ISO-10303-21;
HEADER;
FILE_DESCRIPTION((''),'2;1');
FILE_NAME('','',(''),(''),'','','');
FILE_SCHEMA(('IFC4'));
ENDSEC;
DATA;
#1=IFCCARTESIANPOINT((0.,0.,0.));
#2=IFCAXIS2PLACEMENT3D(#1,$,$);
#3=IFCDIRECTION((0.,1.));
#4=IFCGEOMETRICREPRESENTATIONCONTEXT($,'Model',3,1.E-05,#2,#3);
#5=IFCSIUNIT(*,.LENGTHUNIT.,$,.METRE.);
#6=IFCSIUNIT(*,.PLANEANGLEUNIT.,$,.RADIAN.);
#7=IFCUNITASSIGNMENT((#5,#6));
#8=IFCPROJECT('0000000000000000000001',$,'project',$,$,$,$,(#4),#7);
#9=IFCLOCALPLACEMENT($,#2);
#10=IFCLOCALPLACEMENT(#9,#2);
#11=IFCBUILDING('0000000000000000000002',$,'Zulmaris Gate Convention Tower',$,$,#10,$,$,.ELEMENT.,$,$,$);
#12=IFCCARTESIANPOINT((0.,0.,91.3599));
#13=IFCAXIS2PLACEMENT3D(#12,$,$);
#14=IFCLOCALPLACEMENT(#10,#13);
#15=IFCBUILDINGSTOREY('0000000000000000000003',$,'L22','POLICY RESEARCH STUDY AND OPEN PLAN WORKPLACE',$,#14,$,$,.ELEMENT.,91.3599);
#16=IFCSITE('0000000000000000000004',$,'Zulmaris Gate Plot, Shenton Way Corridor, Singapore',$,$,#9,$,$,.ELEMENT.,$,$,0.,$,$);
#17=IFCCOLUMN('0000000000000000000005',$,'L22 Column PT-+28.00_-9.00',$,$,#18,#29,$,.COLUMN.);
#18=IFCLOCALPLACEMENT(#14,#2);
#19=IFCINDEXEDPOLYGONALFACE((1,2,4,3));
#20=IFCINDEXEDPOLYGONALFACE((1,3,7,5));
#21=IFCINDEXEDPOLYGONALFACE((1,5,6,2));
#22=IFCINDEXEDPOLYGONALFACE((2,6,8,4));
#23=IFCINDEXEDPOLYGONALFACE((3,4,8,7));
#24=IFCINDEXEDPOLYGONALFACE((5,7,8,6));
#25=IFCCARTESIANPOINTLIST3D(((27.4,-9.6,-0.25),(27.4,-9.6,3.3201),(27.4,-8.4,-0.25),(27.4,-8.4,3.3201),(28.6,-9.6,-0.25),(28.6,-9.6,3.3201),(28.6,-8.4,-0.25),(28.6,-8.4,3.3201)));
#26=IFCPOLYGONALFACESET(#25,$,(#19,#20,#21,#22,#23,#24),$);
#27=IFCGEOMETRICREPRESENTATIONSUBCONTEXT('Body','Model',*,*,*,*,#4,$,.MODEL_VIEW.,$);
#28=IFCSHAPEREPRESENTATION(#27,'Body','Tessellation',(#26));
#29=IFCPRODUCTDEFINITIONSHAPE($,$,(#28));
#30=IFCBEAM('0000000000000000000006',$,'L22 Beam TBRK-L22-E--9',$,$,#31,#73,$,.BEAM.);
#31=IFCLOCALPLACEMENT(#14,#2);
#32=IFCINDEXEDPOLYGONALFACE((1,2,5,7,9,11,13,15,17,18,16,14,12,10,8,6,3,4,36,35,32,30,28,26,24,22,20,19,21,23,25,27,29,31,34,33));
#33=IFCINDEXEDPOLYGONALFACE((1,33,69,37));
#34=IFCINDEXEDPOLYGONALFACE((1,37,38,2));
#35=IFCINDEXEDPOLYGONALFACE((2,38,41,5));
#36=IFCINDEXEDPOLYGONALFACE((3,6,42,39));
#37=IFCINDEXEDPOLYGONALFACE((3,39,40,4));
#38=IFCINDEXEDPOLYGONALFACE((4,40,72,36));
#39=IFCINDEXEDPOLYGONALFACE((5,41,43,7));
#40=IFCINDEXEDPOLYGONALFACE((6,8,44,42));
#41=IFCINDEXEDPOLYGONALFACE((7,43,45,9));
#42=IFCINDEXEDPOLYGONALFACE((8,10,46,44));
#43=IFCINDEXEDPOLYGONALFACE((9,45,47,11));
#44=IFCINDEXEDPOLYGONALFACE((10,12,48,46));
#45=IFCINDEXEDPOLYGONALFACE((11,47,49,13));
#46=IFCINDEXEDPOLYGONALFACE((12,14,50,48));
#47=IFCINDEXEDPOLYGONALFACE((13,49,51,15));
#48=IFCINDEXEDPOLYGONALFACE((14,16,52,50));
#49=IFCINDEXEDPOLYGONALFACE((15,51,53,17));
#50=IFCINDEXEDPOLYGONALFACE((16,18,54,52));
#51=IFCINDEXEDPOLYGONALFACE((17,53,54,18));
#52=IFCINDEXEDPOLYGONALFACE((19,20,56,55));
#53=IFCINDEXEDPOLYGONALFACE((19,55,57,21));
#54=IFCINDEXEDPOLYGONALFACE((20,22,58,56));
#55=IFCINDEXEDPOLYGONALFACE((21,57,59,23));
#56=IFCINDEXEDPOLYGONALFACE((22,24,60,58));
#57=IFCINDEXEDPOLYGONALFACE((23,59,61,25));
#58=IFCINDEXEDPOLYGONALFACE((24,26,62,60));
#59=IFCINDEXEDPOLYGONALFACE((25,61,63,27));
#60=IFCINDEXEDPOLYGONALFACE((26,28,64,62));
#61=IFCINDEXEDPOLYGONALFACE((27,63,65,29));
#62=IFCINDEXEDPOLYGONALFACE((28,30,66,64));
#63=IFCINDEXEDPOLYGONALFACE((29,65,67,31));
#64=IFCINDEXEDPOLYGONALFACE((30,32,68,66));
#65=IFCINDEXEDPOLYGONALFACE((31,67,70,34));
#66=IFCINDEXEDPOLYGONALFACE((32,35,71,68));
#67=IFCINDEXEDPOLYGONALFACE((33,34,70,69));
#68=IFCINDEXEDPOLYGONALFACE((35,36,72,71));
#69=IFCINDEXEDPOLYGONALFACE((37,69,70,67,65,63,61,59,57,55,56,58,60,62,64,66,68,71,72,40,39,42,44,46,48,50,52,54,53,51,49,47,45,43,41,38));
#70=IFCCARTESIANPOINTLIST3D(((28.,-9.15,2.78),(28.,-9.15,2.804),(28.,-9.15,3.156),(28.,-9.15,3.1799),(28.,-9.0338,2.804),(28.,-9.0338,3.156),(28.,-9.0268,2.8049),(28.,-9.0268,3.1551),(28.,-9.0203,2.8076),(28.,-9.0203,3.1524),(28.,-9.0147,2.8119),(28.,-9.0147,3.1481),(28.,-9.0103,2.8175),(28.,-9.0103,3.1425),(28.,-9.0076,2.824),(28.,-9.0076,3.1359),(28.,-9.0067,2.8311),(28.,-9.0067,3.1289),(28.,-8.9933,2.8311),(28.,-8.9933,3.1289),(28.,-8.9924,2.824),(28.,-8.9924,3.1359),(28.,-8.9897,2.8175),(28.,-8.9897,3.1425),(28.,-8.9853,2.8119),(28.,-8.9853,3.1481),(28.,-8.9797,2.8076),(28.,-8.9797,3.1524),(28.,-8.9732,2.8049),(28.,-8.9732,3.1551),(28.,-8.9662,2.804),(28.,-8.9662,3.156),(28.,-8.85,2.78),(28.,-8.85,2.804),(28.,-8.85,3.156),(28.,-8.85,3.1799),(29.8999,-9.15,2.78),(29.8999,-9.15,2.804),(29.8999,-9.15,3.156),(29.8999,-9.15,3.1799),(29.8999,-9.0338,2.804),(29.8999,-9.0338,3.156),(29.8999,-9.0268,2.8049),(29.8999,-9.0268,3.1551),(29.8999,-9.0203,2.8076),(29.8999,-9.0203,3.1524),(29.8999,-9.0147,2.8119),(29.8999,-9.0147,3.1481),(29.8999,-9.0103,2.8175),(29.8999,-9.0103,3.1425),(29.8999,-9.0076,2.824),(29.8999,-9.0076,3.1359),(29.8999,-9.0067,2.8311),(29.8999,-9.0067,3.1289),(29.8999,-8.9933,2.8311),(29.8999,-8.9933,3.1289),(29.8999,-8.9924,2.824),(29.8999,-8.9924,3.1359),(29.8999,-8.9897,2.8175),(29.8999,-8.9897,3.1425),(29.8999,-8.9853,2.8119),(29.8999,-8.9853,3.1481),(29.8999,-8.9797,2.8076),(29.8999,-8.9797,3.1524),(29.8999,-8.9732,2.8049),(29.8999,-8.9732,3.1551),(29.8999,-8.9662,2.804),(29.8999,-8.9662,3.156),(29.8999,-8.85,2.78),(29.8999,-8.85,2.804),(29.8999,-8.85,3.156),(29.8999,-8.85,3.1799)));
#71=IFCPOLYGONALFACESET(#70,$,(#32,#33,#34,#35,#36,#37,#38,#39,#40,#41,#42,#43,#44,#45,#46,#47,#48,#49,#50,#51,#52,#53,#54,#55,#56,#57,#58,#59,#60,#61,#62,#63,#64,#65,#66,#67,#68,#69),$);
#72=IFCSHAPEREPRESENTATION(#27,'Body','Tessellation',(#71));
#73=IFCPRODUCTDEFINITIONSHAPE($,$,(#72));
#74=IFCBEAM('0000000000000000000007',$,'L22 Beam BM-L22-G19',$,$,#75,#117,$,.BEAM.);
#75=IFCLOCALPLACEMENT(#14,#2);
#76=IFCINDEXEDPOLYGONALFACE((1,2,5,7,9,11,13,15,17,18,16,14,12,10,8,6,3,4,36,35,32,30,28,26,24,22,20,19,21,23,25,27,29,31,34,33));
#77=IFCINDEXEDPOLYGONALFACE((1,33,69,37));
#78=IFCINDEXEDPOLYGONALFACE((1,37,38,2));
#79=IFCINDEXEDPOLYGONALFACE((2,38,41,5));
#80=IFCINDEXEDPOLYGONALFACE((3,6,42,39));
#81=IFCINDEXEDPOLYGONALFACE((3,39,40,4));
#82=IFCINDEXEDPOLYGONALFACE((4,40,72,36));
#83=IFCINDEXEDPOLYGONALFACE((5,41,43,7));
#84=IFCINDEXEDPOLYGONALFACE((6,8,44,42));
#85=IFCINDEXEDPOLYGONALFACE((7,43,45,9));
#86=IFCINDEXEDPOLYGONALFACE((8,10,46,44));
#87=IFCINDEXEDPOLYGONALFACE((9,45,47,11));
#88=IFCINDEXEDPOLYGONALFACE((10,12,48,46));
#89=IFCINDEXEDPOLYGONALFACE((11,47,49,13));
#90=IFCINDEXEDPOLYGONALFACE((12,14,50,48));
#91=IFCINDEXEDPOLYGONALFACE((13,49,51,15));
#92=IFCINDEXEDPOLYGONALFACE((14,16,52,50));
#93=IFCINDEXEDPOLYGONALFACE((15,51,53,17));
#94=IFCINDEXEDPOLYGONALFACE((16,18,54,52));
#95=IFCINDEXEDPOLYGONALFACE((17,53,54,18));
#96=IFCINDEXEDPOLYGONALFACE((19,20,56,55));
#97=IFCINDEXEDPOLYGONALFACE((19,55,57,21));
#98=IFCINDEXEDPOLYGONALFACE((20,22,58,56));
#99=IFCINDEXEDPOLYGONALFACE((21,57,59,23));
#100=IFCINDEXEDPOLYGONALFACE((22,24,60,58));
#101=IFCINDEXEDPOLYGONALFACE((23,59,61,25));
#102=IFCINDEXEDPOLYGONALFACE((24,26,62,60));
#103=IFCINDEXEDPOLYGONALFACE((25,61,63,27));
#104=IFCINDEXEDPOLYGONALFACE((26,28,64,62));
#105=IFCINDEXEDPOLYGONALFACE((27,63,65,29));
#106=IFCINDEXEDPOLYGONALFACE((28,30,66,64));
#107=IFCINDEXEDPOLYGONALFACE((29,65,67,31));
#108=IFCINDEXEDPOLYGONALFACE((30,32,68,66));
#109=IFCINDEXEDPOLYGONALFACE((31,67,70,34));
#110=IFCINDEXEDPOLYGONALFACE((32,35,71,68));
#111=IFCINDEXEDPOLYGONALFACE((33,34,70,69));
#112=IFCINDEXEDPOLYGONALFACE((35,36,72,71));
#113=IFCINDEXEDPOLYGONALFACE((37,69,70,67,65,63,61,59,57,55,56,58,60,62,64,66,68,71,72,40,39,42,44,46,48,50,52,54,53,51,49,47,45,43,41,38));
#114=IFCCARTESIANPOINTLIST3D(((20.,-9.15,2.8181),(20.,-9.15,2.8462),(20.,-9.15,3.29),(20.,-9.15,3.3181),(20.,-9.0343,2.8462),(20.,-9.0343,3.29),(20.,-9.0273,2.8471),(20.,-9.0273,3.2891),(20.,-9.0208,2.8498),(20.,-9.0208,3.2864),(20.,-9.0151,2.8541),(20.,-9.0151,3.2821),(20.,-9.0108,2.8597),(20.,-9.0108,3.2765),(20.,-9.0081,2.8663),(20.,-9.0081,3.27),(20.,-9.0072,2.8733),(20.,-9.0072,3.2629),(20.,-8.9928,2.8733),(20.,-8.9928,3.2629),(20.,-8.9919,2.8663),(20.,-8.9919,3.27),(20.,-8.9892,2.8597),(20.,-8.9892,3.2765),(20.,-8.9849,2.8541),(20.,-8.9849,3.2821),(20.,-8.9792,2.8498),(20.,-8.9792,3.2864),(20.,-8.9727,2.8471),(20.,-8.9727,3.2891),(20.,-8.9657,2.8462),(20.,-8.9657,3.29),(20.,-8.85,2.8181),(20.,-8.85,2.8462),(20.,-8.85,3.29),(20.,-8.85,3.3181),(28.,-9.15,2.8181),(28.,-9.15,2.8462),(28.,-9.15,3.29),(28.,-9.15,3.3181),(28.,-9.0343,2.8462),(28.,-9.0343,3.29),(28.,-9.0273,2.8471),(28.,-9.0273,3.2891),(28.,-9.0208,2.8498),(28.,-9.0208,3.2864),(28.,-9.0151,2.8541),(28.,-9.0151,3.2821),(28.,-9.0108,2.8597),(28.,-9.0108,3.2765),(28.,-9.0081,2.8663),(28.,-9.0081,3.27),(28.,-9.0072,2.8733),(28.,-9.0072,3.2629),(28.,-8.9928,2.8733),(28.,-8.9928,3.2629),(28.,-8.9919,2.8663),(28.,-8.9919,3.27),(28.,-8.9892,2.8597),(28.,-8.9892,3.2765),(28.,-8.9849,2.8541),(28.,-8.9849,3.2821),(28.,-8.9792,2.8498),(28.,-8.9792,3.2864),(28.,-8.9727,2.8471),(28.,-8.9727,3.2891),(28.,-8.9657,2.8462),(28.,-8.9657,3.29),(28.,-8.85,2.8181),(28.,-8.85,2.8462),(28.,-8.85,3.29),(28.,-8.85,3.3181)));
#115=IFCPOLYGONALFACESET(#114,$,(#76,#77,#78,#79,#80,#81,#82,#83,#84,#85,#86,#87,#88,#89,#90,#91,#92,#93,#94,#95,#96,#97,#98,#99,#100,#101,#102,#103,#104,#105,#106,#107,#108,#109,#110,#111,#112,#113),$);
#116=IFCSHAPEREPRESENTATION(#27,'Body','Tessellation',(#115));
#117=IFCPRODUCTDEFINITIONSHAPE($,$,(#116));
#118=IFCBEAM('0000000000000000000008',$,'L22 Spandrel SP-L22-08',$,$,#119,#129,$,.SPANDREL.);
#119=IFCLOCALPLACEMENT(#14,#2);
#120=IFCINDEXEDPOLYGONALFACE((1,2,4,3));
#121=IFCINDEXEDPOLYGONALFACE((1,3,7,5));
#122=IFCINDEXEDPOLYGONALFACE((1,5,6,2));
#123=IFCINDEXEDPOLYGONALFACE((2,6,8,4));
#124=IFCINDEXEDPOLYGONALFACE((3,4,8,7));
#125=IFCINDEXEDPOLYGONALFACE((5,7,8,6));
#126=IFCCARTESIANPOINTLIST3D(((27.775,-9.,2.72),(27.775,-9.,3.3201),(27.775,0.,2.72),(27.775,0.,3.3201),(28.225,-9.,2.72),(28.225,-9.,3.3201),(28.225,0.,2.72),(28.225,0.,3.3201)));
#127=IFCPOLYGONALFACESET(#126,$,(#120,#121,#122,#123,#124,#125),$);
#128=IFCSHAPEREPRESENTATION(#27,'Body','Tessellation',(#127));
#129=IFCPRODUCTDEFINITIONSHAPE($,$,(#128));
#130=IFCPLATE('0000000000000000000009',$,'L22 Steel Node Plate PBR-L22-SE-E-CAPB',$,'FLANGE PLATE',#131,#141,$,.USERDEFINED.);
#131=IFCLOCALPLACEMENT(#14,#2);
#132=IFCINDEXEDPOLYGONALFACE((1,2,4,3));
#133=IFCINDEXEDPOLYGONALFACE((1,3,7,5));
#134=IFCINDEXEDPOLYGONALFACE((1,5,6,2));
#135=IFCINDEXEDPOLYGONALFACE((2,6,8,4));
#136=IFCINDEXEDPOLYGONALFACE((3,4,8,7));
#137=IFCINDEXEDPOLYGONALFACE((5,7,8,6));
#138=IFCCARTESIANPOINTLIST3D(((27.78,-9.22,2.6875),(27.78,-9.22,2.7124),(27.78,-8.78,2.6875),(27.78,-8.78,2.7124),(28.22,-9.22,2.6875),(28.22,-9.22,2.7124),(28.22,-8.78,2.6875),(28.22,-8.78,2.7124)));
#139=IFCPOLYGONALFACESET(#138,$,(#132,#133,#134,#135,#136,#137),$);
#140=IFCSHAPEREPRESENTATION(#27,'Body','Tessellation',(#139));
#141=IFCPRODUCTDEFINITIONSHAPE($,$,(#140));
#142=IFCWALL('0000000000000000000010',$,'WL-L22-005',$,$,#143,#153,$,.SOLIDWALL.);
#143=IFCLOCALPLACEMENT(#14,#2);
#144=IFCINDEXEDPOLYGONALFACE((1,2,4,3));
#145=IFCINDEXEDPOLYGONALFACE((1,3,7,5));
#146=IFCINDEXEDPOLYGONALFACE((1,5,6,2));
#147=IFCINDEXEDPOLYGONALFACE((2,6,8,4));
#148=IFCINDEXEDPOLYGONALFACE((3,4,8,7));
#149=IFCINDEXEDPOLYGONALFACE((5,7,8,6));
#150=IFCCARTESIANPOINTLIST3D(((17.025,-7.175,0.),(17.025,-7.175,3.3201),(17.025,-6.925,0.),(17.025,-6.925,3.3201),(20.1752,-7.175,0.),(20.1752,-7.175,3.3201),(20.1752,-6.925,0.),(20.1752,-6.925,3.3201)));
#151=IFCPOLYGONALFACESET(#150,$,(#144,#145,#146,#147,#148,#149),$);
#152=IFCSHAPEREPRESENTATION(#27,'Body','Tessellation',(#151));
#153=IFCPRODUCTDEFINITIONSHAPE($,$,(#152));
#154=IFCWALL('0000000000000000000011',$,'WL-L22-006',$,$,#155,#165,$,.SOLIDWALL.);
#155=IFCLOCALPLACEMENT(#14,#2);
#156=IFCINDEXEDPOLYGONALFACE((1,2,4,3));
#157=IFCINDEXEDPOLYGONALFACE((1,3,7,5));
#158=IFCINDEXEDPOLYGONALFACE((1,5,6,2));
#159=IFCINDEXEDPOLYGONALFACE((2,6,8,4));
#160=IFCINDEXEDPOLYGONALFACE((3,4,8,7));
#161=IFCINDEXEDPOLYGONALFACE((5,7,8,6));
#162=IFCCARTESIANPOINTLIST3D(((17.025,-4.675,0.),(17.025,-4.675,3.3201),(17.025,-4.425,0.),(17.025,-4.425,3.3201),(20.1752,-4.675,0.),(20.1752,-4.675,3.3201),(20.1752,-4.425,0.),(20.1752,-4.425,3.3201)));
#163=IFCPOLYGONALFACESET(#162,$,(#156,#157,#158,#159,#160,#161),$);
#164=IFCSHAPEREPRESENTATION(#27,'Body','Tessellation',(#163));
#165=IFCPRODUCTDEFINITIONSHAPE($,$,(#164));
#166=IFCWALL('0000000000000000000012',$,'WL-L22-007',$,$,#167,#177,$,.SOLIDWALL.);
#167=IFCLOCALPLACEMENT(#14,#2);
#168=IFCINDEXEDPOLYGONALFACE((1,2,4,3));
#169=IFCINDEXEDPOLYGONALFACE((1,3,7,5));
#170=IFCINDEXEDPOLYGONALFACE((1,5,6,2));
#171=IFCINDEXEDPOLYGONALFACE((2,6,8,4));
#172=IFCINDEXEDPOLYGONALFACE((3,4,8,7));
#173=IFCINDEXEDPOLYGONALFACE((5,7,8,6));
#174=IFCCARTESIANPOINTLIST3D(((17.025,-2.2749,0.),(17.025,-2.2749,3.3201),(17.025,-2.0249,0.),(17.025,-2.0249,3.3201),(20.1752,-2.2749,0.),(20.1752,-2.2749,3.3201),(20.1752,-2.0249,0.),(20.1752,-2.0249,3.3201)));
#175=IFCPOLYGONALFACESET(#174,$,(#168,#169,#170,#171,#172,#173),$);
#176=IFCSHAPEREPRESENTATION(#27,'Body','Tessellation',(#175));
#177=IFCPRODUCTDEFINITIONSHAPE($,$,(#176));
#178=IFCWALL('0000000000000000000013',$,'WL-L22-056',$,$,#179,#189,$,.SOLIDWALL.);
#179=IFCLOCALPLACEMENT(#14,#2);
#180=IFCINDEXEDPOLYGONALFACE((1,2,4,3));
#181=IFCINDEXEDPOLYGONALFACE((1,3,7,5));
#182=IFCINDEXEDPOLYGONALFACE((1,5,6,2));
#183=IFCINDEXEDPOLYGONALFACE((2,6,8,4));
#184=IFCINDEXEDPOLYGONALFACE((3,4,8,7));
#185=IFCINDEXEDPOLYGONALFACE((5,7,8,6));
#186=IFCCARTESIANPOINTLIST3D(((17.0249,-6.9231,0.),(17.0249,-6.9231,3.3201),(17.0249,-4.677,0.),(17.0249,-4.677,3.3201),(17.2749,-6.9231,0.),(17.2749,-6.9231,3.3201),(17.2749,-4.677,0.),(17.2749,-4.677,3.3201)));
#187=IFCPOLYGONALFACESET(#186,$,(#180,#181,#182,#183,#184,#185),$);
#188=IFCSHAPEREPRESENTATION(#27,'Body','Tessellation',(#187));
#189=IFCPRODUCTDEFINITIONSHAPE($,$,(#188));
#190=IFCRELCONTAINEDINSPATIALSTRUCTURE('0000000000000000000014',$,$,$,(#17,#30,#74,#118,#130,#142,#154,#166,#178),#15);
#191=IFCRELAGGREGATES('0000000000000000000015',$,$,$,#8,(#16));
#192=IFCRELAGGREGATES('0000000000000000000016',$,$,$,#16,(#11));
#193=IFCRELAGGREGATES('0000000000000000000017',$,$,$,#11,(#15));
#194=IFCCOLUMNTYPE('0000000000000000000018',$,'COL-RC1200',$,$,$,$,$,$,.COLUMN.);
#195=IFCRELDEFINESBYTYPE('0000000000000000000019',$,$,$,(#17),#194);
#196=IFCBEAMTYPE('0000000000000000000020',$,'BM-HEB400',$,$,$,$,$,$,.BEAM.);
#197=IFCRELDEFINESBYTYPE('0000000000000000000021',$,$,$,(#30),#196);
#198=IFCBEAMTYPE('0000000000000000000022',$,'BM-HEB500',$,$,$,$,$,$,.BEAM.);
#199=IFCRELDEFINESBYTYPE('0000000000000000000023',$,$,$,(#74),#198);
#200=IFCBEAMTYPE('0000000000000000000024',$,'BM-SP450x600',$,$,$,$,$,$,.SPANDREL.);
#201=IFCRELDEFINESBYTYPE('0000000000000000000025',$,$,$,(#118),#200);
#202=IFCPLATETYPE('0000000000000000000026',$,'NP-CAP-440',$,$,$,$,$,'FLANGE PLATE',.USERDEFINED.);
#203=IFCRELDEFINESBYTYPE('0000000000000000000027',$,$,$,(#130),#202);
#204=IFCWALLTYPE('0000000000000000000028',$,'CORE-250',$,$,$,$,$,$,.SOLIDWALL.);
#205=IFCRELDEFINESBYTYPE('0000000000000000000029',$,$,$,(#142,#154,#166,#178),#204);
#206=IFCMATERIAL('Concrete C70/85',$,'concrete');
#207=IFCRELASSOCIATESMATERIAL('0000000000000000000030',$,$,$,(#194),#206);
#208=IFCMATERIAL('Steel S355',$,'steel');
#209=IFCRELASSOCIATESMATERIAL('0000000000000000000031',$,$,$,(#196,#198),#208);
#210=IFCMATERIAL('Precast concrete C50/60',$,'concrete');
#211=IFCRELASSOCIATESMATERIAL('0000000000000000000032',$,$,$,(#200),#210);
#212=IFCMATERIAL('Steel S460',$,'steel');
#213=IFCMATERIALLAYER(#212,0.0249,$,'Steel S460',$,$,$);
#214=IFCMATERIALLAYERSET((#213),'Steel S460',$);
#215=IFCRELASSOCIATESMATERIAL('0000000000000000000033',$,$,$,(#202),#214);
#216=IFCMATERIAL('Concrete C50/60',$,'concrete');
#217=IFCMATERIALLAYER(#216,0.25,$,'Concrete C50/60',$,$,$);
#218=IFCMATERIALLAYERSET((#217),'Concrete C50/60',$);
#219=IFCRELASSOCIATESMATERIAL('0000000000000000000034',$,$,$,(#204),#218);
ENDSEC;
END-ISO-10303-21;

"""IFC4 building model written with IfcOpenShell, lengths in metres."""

from ifc_helpers import new_model, si_unit, direction, frame, frame_2d, origin, origin_2d, place, context, subcontext, project, spatial, rectangle, i_section, extrude, material, layer, layer_set, material_profile, profile_set, type_object, element, save


model = new_model("IFC4")

# Units and contexts
model_context = context("Model", 3, precision=1e-05, world=origin(), true_north=direction((0.0, 1.0)))
body_context = subcontext(model_context, "Body", "Model", "MODEL_VIEW")
ifc_project = project(units=[si_unit("LENGTHUNIT", "METRE"), si_unit("PLANEANGLEUNIT", "RADIAN")], contexts=[model_context])

# Site, building, storey
site_placement = place(None, origin())
site = spatial("IfcSite", under=ifc_project, at=site_placement, Name="Zulmaris Gate Plot, Shenton Way Corridor, Singapore", CompositionType="ELEMENT", RefElevation=0.0)
building_placement = place(site_placement, origin())
building = spatial("IfcBuilding", under=site, at=building_placement, Name="Zulmaris Gate Convention Tower", CompositionType="ELEMENT")
storey_placement = place(building_placement, frame((0.0, 0.0, 91.3599)))
storey = spatial("IfcBuildingStorey", under=building, at=storey_placement, Name="L22", Description="POLICY RESEARCH STUDY AND OPEN PLAN WORKPLACE", CompositionType="ELEMENT", Elevation=91.3599)

# Column
ifc_material_1 = material(Name="Concrete C70/85", Category="concrete")
ifc_material_profile_1 = material_profile(ifc_material_1, rectangle(XDim=1.2, YDim=1.2, at=origin_2d()), Name="RC COL 1200x1200")
ifc_profile_set_1 = profile_set([ifc_material_profile_1], Name="Concrete C70/85")
column_type = type_object("IfcColumnType", Name="COL-RC1200", PredefinedType="COLUMN", material=ifc_profile_set_1)
column_placement = place(storey_placement, frame((28.0, -9.0, -0.25), z_axis=(0.0, 0.0, 1.0), x_axis=(1.0, 0.0, 0.0)))
element("IfcColumn", 1, at=column_placement, inside=storey, type_object=column_type, Name="L22 Column PT-+28.00_-9.00", PredefinedType="COLUMN", context=body_context, shape_type="SweptSolid", body=[
    extrude(rectangle(XDim=1.2, YDim=1.2, at=origin_2d()), origin(), (0.0, 0.0, 1.0), 3.5701),
])

# Beams
ifc_material_2 = material(Name="Steel S355", Category="steel")
ifc_material_profile_2 = material_profile(ifc_material_2, i_section(OverallWidth=0.3, OverallDepth=0.3999, WebThickness=0.0134, FlangeThickness=0.0239, FilletRadius=0.0271, at=origin_2d()), Name="HEB 400")
ifc_profile_set_2 = profile_set([ifc_material_profile_2], Name="Steel S355")
beam_type_1 = type_object("IfcBeamType", Name="BM-HEB400", PredefinedType="BEAM", material=ifc_profile_set_2)
beam_1_placement = place(storey_placement, frame((28.0, -9.0, 2.98), z_axis=(1.0, 0.0, 0.0), x_axis=(0.0, 1.0, 0.0)))
element("IfcBeam", 2, at=beam_1_placement, inside=storey, type_object=beam_type_1, Name="L22 Beam TBRK-L22-E--9", PredefinedType="BEAM", context=body_context, shape_type="SweptSolid", body=[
    extrude(i_section(OverallWidth=0.3, OverallDepth=0.3999, WebThickness=0.0134, FlangeThickness=0.0239, FilletRadius=0.0271, at=origin_2d()), origin(), (0.0, 0.0, 1.0), 1.8999),
])
ifc_material_profile_3 = material_profile(ifc_material_2, i_section(OverallWidth=0.3, OverallDepth=0.5, WebThickness=0.0144, FlangeThickness=0.0281, FilletRadius=0.0271, at=origin_2d()), Name="HEB 500")
ifc_profile_set_3 = profile_set([ifc_material_profile_3], Name="Steel S355")
beam_type_2 = type_object("IfcBeamType", Name="BM-HEB500", PredefinedType="BEAM", material=ifc_profile_set_3)
beam_2_placement = place(storey_placement, frame((20.0, -9.0, 3.0681), z_axis=(1.0, 0.0, 0.0), x_axis=(0.0, 1.0, 0.0)))
element("IfcBeam", 3, at=beam_2_placement, inside=storey, type_object=beam_type_2, Name="L22 Beam BM-L22-G19", PredefinedType="BEAM", context=body_context, shape_type="SweptSolid", body=[
    extrude(i_section(OverallWidth=0.3, OverallDepth=0.5, WebThickness=0.0144, FlangeThickness=0.0281, FilletRadius=0.0271, at=origin_2d()), origin(), (0.0, 0.0, 1.0), 8.0),
])
ifc_material_3 = material(Name="Precast concrete C50/60", Category="concrete")
ifc_material_profile_4 = material_profile(ifc_material_3, rectangle(XDim=0.45, YDim=0.6001, at=origin_2d()), Name="RC SPANDREL 450x600")
ifc_profile_set_4 = profile_set([ifc_material_profile_4], Name="Precast concrete C50/60")
beam_type_3 = type_object("IfcBeamType", Name="BM-SP450x600", PredefinedType="SPANDREL", material=ifc_profile_set_4)
beam_3_placement = place(storey_placement, frame((28.0, -9.0, 3.02), z_axis=(0.0, 1.0, 0.0), x_axis=(-1.0, 0.0, 0.0)))
element("IfcBeam", 4, at=beam_3_placement, inside=storey, type_object=beam_type_3, Name="L22 Spandrel SP-L22-08", PredefinedType="SPANDREL", context=body_context, shape_type="SweptSolid", body=[
    extrude(rectangle(XDim=0.45, YDim=0.6001, at=origin_2d()), origin(), (0.0, 0.0, 1.0), 9.0),
])

# Plate
ifc_material_4 = material(Name="Steel S460", Category="steel")
ifc_layer_1 = layer(ifc_material_4, 0.0249, Name="Steel S460")
ifc_layer_set_1 = layer_set([ifc_layer_1], Name="Steel S460")
plate_type = type_object("IfcPlateType", Name="NP-CAP-440", ElementType="FLANGE PLATE", PredefinedType="USERDEFINED", material=ifc_layer_set_1)
plate_placement = place(storey_placement, frame((28.0, -9.0, 2.6875), z_axis=(0.0, 0.0, 1.0), x_axis=(1.0, 0.0, 0.0)))
element("IfcPlate", 5, at=plate_placement, inside=storey, type_object=plate_type, Name="L22 Steel Node Plate PBR-L22-SE-E-CAPB", ObjectType="FLANGE PLATE", PredefinedType="USERDEFINED", context=body_context, shape_type="SweptSolid", body=[
    extrude(rectangle(XDim=0.4399, YDim=0.4399, at=origin_2d()), origin(), (0.0, 0.0, 1.0), 0.0249),
])

# Walls
ifc_material_5 = material(Name="Concrete C50/60", Category="concrete")
ifc_layer_2 = layer(ifc_material_5, 0.25, Name="Concrete C50/60")
ifc_layer_set_2 = layer_set([ifc_layer_2], Name="Concrete C50/60")
wall_type_1 = type_object("IfcWallType", Name="CORE-250", PredefinedType="SOLIDWALL", material=ifc_layer_set_2)
for number, where, z_axis, x_axis, name in (
    (6, (17.0249, -7.05, 0.0), (0.0, 0.0, 1.0), (1.0, 0.0, 0.0), "WL-L22-005"),
    (7, (17.0249, -4.55, 0.0), (0.0, 0.0, 1.0), (1.0, 0.0, 0.0), "WL-L22-006"),
    (8, (17.0249, -2.1499, 0.0), (0.0, 0.0, 1.0), (1.0, 0.0, 0.0), "WL-L22-007"),
):
    element("IfcWall", number, at=place(storey_placement, frame(where, z_axis=z_axis, x_axis=x_axis)), inside=storey, type_object=wall_type_1, Name=name, PredefinedType="SOLIDWALL", context=body_context, shape_type="SweptSolid", body=[
        extrude(rectangle(XDim=3.1501, YDim=0.25, at=frame_2d((1.5752, 0.0))), origin(), (0.0, 0.0, 1.0), 3.3201),
    ])
wall_1_placement = place(storey_placement, frame((17.1499, -6.9231, 0.0), z_axis=(0.0, 0.0, 1.0), x_axis=(0.0, 1.0, 0.0)))
element("IfcWall", 9, at=wall_1_placement, inside=storey, type_object=wall_type_1, Name="WL-L22-056", PredefinedType="SOLIDWALL", context=body_context, shape_type="SweptSolid", body=[
    extrude(rectangle(XDim=2.2461, YDim=0.25, at=frame_2d((1.123, 0.0))), origin(), (0.0, 0.0, 1.0), 3.3201),
])

save(model, "model.ifc")
